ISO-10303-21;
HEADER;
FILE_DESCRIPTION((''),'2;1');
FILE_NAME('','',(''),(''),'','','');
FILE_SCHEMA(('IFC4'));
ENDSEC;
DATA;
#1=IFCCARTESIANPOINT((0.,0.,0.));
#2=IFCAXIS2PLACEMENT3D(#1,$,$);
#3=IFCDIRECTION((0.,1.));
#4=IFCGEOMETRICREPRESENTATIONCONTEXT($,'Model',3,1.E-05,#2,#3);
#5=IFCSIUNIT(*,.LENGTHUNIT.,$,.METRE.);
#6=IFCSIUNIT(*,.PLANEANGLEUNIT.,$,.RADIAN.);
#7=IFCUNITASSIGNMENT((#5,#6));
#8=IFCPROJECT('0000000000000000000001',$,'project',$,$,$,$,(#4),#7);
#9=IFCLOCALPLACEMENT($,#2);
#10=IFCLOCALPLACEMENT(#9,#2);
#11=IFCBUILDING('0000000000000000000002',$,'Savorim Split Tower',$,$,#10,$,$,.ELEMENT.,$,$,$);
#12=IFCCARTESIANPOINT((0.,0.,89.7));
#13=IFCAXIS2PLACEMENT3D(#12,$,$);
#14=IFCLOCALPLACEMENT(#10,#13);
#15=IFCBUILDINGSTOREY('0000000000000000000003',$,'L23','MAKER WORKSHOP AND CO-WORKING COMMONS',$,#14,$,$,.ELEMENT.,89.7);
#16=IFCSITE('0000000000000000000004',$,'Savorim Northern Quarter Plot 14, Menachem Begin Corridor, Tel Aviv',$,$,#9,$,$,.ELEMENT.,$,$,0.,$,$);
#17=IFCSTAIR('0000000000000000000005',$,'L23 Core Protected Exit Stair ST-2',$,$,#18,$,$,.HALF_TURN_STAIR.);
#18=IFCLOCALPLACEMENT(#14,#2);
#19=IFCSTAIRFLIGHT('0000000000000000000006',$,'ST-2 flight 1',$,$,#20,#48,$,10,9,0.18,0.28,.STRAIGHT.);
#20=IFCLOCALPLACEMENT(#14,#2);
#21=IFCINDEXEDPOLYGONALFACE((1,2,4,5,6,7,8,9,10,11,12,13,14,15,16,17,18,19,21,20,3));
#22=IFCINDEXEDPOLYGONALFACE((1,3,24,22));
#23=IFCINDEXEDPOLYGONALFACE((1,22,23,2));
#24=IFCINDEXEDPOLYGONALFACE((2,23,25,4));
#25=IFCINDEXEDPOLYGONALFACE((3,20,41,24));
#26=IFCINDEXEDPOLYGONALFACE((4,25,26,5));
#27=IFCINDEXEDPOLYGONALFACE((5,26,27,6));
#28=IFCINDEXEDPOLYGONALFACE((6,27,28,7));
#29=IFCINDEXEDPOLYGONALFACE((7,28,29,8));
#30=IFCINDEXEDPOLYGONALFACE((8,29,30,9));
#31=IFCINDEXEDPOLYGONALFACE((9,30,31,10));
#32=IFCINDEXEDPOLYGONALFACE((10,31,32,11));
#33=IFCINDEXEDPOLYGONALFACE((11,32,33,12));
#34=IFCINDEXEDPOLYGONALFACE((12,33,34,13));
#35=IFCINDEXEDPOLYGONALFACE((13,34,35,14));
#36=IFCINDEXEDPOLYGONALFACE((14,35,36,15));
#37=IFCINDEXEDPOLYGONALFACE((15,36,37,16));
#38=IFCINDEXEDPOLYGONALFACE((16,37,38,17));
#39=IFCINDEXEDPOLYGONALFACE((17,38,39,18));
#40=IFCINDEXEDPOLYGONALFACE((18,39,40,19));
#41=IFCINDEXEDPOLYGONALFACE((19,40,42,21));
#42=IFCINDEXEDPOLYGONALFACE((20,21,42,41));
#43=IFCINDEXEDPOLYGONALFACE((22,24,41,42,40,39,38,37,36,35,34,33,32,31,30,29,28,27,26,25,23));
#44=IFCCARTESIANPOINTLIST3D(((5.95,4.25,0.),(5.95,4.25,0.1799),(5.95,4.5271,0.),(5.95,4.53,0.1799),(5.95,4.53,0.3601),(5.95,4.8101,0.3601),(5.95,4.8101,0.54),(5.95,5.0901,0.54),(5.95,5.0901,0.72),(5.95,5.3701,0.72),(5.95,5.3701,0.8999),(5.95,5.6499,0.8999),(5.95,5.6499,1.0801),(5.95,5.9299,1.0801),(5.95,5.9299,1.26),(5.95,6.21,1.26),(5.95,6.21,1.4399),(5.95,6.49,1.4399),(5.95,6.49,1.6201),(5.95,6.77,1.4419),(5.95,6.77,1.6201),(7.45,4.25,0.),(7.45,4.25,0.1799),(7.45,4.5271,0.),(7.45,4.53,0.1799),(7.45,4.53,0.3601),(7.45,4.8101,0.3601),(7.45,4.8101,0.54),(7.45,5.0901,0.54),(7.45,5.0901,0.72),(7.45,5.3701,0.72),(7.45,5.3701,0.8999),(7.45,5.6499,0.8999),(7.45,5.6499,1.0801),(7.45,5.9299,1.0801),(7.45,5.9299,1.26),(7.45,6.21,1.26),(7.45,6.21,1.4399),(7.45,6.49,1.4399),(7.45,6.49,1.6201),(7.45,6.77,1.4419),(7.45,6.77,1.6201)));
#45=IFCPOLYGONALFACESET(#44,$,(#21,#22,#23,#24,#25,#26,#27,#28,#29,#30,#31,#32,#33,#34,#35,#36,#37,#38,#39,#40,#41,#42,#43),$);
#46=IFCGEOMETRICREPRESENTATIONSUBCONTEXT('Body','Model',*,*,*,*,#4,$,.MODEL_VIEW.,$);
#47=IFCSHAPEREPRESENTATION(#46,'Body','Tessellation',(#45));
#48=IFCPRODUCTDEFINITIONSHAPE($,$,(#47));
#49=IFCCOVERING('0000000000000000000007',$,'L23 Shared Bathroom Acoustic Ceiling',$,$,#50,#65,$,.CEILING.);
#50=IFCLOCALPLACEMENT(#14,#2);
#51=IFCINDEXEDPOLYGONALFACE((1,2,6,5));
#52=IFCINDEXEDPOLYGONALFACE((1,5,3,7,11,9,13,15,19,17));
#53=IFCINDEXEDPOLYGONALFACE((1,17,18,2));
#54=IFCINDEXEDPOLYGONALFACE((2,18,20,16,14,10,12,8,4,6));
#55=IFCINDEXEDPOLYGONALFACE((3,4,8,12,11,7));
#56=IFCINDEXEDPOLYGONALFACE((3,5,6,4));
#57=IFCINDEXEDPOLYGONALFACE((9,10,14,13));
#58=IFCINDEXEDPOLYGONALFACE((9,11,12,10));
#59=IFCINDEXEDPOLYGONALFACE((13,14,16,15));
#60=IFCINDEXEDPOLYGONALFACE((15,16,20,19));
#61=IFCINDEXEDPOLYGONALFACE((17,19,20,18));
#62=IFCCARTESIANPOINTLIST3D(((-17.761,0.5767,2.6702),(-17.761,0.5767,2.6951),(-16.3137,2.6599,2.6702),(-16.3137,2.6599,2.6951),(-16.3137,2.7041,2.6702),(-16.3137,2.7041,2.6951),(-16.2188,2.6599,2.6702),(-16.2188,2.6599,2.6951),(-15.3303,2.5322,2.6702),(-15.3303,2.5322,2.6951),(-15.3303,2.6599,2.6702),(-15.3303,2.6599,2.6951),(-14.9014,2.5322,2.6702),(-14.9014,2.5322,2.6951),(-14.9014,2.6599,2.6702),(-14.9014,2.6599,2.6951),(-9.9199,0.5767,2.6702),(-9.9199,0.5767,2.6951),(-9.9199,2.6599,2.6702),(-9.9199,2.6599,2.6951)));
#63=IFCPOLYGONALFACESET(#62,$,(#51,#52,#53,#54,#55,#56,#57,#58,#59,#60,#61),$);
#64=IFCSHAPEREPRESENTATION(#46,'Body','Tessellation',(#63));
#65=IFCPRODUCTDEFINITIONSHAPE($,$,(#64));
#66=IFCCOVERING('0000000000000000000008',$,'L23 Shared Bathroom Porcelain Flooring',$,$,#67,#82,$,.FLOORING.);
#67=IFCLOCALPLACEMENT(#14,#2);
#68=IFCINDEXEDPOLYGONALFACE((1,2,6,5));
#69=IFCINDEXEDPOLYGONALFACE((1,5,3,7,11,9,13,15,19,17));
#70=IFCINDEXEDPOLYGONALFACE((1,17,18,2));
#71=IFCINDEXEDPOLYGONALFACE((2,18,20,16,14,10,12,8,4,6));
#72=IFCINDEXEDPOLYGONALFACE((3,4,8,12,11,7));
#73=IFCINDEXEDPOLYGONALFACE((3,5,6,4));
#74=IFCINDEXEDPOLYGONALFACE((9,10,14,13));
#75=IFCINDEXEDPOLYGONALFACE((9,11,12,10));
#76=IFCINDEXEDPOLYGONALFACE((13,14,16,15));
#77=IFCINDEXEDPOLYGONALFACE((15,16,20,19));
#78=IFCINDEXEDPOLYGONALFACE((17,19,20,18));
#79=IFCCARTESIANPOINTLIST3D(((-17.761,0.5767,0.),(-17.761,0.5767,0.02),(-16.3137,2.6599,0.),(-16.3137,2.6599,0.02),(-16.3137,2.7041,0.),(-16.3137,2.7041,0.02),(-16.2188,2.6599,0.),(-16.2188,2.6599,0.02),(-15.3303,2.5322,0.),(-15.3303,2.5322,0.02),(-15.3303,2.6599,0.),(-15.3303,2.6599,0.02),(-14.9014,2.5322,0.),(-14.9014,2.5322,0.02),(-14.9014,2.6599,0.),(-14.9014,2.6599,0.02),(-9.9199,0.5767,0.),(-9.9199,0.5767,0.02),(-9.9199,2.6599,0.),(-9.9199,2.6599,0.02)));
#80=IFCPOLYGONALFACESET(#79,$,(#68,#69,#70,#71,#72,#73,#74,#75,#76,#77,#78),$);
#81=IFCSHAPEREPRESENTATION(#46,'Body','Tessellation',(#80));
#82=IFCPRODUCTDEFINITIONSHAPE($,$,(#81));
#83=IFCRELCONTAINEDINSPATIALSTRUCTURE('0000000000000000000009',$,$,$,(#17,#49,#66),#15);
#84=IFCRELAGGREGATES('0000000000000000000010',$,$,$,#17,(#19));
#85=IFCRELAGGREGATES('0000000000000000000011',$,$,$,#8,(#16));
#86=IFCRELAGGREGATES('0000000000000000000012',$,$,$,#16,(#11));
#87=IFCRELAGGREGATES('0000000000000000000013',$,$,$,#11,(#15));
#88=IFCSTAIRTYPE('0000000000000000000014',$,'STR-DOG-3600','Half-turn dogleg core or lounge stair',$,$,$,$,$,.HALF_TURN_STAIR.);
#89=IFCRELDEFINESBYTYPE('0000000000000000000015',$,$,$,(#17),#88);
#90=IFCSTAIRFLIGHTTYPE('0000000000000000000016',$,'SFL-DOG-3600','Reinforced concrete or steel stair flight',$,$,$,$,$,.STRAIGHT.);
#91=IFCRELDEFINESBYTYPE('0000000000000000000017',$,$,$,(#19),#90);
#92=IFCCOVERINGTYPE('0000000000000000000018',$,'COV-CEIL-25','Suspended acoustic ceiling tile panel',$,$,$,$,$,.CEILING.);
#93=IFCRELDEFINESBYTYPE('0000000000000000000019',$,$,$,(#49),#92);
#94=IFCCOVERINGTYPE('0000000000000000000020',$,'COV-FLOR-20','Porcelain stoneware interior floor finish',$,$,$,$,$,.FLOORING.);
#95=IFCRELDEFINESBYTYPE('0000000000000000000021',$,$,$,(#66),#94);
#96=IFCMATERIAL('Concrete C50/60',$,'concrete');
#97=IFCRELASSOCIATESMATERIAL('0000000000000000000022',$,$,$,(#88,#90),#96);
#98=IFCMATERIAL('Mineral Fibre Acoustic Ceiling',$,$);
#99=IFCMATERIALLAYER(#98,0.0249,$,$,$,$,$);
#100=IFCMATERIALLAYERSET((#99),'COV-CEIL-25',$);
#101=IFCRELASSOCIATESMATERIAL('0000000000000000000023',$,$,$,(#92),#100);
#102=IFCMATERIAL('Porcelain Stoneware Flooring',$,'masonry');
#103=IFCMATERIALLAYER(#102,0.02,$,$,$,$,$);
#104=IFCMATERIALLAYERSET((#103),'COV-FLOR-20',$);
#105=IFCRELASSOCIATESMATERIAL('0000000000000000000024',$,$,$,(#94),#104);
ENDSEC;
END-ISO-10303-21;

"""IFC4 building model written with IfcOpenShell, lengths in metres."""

from ifc_helpers import new_model, si_unit, direction, frame, origin, place, context, subcontext, project, spatial, polyline, outline, extrude, material, layer, layer_set, type_object, element, aggregate, save


model = new_model("IFC4")

# Units and contexts
model_context = context("Model", 3, precision=1e-05, world=origin(), true_north=direction((0.0, 1.0)))
body_context = subcontext(model_context, "Body", "Model", "MODEL_VIEW")
ifc_project = project(units=[si_unit("LENGTHUNIT", "METRE"), si_unit("PLANEANGLEUNIT", "RADIAN")], contexts=[model_context])

# Site, building, storey
site_placement = place(None, origin())
site = spatial("IfcSite", under=ifc_project, at=site_placement, Name="Savorim Northern Quarter Plot 14, Menachem Begin Corridor, Tel Aviv", CompositionType="ELEMENT", RefElevation=0.0)
building_placement = place(site_placement, origin())
building = spatial("IfcBuilding", under=site, at=building_placement, Name="Savorim Split Tower", CompositionType="ELEMENT")
storey_placement = place(building_placement, frame((0.0, 0.0, 89.7)))
storey = spatial("IfcBuildingStorey", under=building, at=storey_placement, Name="L23", Description="MAKER WORKSHOP AND CO-WORKING COMMONS", CompositionType="ELEMENT", Elevation=89.7)

# Shared definitions
ifc_material_1 = material(Name="Concrete C50/60", Category="concrete")

# Stair, stair flight
stair_type = type_object("IfcStairType", Name="STR-DOG-3600", Description="Half-turn dogleg core or lounge stair", PredefinedType="HALF_TURN_STAIR", material=ifc_material_1)
stair_placement = place(storey_placement, origin())
stair = element("IfcStair", 1, at=stair_placement, inside=storey, type_object=stair_type, Name="L23 Core Protected Exit Stair ST-2", PredefinedType="HALF_TURN_STAIR")
stair_flight_type = type_object("IfcStairFlightType", Name="SFL-DOG-3600", Description="Reinforced concrete or steel stair flight", PredefinedType="STRAIGHT", material=ifc_material_1)
stair_flight_placement = place(storey_placement, frame((6.7, 4.25, 0.0), z_axis=(0.0, 0.0, 1.0), x_axis=(0.0, 1.0, 0.0)))
stair_flight = element("IfcStairFlight", 2, at=stair_flight_placement, type_object=stair_flight_type, Name="ST-2 flight 1", NumberOfRisers=10, NumberOfTreads=9, PredefinedType="STRAIGHT", RiserHeight=0.18, TreadLength=0.28, context=body_context, shape_type="SweptSolid", body=[
    extrude(outline(polyline([(0.0, 0.0), (0.0, 0.1799), (0.28, 0.1799), (0.28, 0.3601), (0.5601, 0.3601), (0.5601, 0.54), (0.8401, 0.54), (0.8401, 0.72), (1.1201, 0.72), (1.1201, 0.8999), (1.3999, 0.8999), (1.3999, 1.0801), (1.6799, 1.0801), (1.6799, 1.26), (1.96, 1.26), (1.96, 1.4399), (2.24, 1.4399), (2.24, 1.6201), (2.52, 1.6201), (2.52, 1.8), (2.52, 1.4419), (0.2771, 0.0), (0.0, 0.0)])), frame((0.0, 0.75, 0.0), z_axis=(0.0, -1.0, 0.0), x_axis=(1.0, 0.0, 0.0)), (0.0, 0.0, 1.0), 1.5),
])
aggregate(stair, [stair_flight])

# Coverings
ifc_material_2 = material(Name="Mineral Fibre Acoustic Ceiling")
ifc_layer_1 = layer(ifc_material_2, 0.0249)
ifc_layer_set_1 = layer_set([ifc_layer_1], Name="COV-CEIL-25")
covering_type_1 = type_object("IfcCoveringType", Name="COV-CEIL-25", Description="Suspended acoustic ceiling tile panel", PredefinedType="CEILING", material=ifc_layer_set_1)
covering_1_placement = place(storey_placement, frame((0.0, 0.0, 2.6702)))
element("IfcCovering", 3, at=covering_1_placement, inside=storey, type_object=covering_type_1, Name="L23 Shared Bathroom Acoustic Ceiling", PredefinedType="CEILING", context=body_context, shape_type="SweptSolid", body=[
    extrude(outline(polyline([(-15.3303, 2.6599), (-16.2188, 2.6599), (-16.3137, 2.6599), (-16.3137, 2.7041), (-17.761, 0.5767), (-9.9199, 0.5767), (-9.9199, 2.6599), (-14.9014, 2.6599), (-14.9014, 2.5322), (-15.3303, 2.5322), (-15.3303, 2.6599)])), origin(), (0.0, 0.0, 1.0), 0.0249),
])
ifc_material_3 = material(Name="Porcelain Stoneware Flooring", Category="masonry")
ifc_layer_2 = layer(ifc_material_3, 0.02)
ifc_layer_set_2 = layer_set([ifc_layer_2], Name="COV-FLOR-20")
covering_type_2 = type_object("IfcCoveringType", Name="COV-FLOR-20", Description="Porcelain stoneware interior floor finish", PredefinedType="FLOORING", material=ifc_layer_set_2)
covering_2_placement = place(storey_placement, origin())
element("IfcCovering", 4, at=covering_2_placement, inside=storey, type_object=covering_type_2, Name="L23 Shared Bathroom Porcelain Flooring", PredefinedType="FLOORING", context=body_context, shape_type="SweptSolid", body=[
    extrude(outline(polyline([(-15.3303, 2.6599), (-16.2188, 2.6599), (-16.3137, 2.6599), (-16.3137, 2.7041), (-17.761, 0.5767), (-9.9199, 0.5767), (-9.9199, 2.6599), (-14.9014, 2.6599), (-14.9014, 2.5322), (-15.3303, 2.5322), (-15.3303, 2.6599)])), origin(), (0.0, 0.0, 1.0), 0.02),
])

save(model, "model.ifc")
